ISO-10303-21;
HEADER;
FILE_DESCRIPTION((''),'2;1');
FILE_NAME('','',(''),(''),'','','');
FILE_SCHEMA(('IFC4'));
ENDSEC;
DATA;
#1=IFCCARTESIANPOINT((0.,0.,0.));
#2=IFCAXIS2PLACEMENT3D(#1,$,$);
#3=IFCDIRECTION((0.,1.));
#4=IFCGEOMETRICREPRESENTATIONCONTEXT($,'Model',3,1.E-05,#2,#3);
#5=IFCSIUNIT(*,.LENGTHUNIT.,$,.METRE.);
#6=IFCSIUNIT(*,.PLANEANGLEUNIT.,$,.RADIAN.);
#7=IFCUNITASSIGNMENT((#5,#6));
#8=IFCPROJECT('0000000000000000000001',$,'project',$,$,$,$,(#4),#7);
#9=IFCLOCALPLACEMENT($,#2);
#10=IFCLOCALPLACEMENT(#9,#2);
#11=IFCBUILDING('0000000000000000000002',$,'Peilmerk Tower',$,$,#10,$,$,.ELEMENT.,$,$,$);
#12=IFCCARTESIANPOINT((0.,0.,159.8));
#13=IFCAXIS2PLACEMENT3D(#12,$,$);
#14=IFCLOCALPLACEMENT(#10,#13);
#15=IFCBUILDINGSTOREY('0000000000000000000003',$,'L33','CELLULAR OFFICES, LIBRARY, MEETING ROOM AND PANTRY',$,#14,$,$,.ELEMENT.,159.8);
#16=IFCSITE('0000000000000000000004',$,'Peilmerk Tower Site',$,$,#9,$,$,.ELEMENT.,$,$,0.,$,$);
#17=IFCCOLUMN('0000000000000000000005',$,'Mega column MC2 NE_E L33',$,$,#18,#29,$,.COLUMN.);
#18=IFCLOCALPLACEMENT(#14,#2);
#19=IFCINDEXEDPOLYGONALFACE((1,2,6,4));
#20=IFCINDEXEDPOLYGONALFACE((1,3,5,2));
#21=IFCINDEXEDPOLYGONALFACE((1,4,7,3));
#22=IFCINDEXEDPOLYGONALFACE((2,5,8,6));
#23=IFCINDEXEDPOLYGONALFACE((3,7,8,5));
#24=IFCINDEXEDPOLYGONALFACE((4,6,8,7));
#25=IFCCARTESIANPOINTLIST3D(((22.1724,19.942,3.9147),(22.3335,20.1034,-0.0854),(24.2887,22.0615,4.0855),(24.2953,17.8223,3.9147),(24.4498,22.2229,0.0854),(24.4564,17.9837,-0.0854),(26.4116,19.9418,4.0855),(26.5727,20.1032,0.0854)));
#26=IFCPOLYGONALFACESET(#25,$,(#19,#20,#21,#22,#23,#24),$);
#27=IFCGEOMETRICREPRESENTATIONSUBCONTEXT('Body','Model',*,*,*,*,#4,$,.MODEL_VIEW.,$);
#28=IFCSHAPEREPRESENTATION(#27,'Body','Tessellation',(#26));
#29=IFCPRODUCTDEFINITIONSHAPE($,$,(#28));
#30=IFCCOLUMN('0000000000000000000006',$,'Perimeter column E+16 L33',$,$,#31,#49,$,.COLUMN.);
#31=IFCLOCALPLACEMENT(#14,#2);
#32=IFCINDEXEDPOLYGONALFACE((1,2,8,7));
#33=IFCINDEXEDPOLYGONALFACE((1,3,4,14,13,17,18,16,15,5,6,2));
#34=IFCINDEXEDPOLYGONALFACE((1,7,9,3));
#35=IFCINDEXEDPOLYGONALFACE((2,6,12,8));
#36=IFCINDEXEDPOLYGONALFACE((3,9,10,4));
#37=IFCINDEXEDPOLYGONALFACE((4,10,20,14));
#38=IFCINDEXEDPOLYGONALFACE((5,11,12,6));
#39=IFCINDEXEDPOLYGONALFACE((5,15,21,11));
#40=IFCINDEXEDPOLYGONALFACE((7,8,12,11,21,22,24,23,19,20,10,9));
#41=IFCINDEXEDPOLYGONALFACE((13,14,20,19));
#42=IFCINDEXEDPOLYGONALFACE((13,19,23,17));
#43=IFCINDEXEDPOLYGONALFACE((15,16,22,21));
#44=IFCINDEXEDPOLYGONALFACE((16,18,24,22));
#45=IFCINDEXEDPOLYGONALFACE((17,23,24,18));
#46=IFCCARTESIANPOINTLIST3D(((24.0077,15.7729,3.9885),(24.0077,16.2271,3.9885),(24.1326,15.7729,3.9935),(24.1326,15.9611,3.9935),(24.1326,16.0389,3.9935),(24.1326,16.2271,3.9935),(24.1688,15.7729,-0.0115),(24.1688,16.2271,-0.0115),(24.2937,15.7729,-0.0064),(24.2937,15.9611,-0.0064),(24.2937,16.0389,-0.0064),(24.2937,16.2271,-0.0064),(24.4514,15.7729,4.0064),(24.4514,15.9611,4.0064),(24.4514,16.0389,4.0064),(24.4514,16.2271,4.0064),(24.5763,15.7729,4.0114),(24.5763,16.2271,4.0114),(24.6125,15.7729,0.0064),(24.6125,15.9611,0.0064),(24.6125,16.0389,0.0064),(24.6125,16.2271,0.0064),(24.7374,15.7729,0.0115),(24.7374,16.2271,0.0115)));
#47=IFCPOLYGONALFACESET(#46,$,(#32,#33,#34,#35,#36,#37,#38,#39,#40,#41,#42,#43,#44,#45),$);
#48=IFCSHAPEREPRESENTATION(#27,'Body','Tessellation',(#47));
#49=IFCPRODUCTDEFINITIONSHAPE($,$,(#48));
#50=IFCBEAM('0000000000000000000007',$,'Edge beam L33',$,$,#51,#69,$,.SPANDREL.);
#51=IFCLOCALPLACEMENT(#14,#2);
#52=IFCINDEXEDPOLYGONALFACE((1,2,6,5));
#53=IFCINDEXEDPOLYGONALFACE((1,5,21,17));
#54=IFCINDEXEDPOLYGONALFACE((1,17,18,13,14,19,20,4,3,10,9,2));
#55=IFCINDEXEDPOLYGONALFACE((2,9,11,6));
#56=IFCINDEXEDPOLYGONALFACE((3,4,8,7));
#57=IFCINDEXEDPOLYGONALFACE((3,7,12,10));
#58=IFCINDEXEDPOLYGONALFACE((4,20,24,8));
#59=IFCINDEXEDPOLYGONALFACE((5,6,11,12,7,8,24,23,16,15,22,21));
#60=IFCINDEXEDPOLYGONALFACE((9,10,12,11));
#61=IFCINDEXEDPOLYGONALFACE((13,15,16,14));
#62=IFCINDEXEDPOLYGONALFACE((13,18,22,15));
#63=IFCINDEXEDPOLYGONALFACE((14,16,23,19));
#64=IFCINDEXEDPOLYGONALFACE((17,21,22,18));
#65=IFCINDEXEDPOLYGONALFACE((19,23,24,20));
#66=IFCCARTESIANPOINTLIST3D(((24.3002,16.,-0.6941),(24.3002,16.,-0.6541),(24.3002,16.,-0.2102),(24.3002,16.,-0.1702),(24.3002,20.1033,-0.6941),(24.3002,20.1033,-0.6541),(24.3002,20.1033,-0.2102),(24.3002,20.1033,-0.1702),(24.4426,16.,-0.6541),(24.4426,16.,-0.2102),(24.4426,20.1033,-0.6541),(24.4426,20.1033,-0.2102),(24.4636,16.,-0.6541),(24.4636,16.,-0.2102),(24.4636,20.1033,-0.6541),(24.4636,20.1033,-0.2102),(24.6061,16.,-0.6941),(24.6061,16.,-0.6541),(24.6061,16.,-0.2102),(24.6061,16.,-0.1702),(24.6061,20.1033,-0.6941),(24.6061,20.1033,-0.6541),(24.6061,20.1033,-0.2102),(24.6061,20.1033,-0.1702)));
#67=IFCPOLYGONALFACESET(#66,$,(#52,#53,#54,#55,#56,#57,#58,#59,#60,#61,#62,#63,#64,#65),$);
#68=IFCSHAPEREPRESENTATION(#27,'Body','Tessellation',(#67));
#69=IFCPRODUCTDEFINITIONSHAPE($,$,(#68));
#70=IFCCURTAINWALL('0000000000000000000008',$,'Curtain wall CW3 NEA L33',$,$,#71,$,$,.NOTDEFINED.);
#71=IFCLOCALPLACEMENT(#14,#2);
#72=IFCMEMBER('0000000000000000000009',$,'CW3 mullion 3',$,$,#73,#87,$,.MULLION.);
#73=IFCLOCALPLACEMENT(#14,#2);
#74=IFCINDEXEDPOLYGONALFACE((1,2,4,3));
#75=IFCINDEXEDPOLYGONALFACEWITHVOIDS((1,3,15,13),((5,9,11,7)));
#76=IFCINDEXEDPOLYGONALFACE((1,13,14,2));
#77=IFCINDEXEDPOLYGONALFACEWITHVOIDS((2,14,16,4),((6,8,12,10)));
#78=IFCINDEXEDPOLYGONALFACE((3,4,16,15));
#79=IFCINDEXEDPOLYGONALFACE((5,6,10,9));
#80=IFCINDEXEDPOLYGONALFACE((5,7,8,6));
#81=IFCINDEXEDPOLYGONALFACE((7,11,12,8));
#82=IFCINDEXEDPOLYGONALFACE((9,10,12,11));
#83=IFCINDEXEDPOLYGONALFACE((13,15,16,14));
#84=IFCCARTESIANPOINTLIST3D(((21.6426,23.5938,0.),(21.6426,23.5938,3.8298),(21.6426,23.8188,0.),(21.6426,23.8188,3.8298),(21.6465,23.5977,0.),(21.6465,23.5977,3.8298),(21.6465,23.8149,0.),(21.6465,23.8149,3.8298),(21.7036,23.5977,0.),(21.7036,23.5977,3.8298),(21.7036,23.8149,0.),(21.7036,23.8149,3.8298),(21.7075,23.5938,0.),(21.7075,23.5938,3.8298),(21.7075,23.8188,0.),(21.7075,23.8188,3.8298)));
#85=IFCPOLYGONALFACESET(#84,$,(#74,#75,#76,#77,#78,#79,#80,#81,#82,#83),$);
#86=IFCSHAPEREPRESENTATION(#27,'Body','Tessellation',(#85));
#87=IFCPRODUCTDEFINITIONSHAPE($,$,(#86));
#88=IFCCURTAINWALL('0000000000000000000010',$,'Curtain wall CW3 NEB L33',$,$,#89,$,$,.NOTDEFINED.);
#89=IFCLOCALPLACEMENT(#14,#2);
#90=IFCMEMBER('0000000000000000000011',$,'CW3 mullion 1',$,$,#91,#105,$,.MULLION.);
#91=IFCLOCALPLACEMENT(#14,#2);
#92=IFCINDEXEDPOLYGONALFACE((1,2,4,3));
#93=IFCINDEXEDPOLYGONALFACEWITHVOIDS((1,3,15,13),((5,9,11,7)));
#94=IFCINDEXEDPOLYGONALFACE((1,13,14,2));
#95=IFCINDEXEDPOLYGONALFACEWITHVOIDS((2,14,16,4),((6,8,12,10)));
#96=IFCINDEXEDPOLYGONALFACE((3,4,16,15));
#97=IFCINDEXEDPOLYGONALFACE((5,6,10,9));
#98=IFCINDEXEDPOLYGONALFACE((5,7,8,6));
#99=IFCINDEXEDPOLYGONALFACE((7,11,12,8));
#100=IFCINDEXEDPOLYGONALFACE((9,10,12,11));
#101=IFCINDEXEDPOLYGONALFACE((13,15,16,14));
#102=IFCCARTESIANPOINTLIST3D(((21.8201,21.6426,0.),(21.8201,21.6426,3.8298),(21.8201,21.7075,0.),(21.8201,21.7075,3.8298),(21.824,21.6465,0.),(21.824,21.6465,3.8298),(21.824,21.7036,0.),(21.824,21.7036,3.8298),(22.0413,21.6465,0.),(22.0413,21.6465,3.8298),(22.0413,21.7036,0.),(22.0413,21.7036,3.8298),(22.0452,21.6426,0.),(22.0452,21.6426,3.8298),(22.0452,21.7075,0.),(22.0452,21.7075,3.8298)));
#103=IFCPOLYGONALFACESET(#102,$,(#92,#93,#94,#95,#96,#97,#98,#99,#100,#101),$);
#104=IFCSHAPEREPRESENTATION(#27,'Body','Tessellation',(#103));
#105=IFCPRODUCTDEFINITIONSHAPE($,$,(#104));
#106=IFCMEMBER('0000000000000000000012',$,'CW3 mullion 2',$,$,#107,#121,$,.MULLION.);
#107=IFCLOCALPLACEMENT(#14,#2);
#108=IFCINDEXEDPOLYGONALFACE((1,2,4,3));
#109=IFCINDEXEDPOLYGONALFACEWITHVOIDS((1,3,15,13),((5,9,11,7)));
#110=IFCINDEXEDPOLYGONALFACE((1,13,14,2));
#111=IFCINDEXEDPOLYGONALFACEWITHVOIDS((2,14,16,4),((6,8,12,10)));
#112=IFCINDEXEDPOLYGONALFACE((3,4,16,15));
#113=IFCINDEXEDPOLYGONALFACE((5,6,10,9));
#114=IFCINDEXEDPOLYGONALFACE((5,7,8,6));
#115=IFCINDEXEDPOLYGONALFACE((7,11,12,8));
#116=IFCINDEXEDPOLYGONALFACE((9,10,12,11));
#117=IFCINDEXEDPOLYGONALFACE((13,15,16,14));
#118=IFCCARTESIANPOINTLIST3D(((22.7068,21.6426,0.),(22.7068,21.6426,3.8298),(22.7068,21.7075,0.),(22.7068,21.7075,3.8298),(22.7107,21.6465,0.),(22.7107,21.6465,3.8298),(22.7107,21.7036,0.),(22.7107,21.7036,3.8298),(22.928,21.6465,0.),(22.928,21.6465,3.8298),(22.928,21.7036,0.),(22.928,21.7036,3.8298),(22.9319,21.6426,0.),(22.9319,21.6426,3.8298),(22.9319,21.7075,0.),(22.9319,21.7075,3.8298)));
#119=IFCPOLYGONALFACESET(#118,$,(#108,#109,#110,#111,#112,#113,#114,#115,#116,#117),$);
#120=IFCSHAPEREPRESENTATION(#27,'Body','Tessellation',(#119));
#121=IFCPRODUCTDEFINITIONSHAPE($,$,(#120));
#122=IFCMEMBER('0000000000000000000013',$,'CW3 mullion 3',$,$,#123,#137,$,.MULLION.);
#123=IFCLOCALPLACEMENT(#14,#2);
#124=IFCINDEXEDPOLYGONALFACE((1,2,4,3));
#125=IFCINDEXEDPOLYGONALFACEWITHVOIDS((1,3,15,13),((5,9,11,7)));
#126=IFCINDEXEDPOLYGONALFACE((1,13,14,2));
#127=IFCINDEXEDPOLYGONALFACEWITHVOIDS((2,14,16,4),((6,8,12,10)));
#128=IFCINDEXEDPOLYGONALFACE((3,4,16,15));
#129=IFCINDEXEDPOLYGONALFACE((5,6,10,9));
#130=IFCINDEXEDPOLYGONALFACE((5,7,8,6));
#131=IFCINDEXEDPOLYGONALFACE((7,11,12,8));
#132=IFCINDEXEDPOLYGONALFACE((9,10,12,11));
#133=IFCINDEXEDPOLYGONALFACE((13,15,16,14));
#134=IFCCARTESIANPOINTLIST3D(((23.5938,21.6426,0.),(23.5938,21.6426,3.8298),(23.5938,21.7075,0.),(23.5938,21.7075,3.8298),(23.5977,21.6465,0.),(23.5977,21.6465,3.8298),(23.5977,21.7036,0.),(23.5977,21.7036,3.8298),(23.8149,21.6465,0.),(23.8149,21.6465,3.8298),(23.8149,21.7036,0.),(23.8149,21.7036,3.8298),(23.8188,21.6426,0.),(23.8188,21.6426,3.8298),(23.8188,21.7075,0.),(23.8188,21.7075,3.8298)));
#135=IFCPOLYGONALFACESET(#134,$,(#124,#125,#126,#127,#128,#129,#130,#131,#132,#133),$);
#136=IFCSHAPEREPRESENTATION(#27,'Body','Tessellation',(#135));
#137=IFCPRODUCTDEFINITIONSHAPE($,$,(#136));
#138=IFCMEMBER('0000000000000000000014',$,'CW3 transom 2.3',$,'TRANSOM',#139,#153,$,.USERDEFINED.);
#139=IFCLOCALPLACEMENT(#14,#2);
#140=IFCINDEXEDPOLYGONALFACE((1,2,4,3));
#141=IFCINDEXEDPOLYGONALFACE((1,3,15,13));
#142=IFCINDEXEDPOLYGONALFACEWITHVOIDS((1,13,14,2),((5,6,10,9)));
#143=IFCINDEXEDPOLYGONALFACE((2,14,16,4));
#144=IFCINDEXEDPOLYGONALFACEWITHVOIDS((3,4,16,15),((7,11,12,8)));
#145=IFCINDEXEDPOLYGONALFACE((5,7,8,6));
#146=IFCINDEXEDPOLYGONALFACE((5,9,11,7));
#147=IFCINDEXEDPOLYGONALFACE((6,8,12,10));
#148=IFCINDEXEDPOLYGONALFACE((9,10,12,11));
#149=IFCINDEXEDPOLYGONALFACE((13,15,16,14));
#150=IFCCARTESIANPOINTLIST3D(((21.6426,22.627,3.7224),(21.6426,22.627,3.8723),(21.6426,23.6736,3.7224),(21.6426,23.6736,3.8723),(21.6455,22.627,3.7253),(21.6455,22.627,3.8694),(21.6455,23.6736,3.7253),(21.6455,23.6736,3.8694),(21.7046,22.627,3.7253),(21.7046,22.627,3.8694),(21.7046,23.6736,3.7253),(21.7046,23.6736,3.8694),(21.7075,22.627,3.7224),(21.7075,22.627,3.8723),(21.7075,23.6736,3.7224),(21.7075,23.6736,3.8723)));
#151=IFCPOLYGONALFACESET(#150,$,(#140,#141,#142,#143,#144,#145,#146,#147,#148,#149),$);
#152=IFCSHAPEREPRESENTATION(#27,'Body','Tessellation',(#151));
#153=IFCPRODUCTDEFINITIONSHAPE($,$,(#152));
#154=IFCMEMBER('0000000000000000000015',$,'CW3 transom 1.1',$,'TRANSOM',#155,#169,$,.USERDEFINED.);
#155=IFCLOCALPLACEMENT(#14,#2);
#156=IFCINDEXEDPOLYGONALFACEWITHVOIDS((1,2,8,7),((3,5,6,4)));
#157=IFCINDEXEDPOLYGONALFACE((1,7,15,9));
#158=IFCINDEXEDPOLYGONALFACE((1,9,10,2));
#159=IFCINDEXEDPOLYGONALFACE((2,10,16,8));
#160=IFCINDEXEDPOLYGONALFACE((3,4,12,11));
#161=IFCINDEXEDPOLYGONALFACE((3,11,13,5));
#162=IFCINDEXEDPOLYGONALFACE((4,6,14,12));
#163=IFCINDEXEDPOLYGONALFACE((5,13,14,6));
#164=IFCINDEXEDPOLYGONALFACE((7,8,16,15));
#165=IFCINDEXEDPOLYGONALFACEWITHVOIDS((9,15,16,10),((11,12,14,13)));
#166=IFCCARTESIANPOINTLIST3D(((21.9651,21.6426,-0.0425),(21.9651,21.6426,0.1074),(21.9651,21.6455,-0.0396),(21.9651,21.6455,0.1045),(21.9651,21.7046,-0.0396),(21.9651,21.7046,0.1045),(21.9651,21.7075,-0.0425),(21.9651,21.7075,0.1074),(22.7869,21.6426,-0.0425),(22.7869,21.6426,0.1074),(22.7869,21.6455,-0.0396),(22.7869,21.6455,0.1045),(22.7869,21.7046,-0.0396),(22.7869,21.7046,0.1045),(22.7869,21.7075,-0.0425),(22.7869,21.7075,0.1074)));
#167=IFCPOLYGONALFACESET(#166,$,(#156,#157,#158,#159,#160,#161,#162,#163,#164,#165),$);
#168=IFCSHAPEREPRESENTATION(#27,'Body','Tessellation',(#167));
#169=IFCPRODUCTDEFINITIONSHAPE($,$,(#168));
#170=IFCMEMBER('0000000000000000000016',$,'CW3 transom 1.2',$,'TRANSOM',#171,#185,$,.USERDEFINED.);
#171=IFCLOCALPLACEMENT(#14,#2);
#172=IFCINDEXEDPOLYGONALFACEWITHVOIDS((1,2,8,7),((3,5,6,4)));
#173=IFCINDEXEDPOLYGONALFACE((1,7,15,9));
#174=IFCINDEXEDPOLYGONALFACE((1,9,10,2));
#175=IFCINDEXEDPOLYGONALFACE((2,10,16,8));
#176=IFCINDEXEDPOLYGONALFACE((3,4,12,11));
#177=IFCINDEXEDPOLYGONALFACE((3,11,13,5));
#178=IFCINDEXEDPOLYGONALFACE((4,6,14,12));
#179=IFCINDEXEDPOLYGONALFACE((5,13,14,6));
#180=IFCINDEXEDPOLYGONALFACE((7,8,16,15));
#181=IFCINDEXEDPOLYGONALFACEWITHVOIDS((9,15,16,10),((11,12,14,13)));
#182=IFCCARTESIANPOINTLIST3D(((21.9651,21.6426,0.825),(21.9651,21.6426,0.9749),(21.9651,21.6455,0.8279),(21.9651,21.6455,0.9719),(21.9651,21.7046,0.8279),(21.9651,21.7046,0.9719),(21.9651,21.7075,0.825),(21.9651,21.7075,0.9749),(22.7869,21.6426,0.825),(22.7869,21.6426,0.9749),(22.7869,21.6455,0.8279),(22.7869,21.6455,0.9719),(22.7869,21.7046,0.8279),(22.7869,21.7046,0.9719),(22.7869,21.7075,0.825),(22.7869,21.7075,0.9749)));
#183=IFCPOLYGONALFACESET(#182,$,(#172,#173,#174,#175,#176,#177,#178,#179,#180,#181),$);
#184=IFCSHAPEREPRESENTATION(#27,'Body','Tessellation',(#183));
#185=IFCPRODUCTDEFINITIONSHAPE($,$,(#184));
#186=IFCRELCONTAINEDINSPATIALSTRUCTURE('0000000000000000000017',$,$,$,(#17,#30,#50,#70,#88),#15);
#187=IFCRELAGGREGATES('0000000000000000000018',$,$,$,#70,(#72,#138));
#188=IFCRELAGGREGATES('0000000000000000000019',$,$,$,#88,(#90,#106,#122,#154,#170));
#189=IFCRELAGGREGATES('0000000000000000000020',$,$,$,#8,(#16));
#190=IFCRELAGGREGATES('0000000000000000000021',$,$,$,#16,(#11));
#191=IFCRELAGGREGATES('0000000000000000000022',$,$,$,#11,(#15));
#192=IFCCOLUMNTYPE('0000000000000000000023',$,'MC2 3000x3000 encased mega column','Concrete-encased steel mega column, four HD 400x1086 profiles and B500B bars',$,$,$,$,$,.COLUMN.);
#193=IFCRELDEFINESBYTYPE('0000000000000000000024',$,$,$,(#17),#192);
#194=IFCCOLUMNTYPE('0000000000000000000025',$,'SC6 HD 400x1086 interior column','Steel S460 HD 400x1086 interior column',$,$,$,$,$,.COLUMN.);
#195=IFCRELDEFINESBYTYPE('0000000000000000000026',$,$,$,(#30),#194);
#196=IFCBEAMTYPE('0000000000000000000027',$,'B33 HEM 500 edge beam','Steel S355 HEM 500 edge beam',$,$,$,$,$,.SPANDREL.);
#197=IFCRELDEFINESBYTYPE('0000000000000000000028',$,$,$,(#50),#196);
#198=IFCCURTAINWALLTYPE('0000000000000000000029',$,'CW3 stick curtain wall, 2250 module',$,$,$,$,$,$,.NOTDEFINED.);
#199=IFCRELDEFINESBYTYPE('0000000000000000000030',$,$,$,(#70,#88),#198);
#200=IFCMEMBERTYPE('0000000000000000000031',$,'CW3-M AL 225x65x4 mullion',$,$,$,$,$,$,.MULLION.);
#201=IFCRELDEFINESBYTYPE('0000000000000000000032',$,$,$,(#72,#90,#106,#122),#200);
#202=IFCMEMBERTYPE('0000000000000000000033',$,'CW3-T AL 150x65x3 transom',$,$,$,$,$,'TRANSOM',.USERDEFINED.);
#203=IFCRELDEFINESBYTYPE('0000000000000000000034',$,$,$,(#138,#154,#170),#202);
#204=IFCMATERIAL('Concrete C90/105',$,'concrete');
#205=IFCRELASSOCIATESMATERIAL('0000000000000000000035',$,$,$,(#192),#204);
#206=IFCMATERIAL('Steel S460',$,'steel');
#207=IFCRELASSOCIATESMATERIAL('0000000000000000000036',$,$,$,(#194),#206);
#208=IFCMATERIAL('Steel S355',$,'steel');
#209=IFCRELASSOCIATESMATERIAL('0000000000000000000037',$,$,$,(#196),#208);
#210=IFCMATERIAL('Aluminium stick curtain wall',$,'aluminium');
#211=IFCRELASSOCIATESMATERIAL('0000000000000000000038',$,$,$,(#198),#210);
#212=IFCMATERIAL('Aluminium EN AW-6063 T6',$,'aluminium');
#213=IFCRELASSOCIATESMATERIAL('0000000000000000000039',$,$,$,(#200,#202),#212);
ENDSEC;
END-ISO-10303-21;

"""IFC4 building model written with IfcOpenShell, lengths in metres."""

from ifc_helpers import new_model, si_unit, direction, frame, origin, origin_2d, place, context, subcontext, project, spatial, rectangle, hollow_rectangle, i_section, extrude, material, material_profile, profile_set, type_object, element, aggregate, save


model = new_model("IFC4")

# Units and contexts
model_context = context("Model", 3, precision=1e-05, world=origin(), true_north=direction((0.0, 1.0)))
body_context = subcontext(model_context, "Body", "Model", "MODEL_VIEW")
ifc_project = project(units=[si_unit("LENGTHUNIT", "METRE"), si_unit("PLANEANGLEUNIT", "RADIAN")], contexts=[model_context])

# Site, building, storey
site_placement = place(None, origin())
site = spatial("IfcSite", under=ifc_project, at=site_placement, Name="Peilmerk Tower Site", CompositionType="ELEMENT", RefElevation=0.0)
building_placement = place(site_placement, origin())
building = spatial("IfcBuilding", under=site, at=building_placement, Name="Peilmerk Tower", CompositionType="ELEMENT")
storey_placement = place(building_placement, frame((0.0, 0.0, 159.8)))
storey = spatial("IfcBuildingStorey", under=building, at=storey_placement, Name="L33", Description="CELLULAR OFFICES, LIBRARY, MEETING ROOM AND PANTRY", CompositionType="ELEMENT", Elevation=159.8)

# Columns
ifc_material_1 = material(Name="Concrete C90/105", Category="concrete")
ifc_material_profile_1 = material_profile(ifc_material_1, rectangle(XDim=3.0, YDim=3.0, at=origin_2d()), Name="RC 3000x3000")
ifc_profile_set_1 = profile_set([ifc_material_profile_1], Name="Concrete C90/105")
column_type_1 = type_object("IfcColumnType", Name="MC2 3000x3000 encased mega column", Description="Concrete-encased steel mega column, four HD 400x1086 profiles and B500B bars", PredefinedType="COLUMN", material=ifc_profile_set_1)
column_1_placement = place(storey_placement, frame((24.4531, 20.1033, 0.0), z_axis=(-0.040218, -0.040279, 0.998379), x_axis=(0.707642, -0.706571, 0.0)))
element("IfcColumn", 1, at=column_1_placement, inside=storey, type_object=column_type_1, Name="Mega column MC2 NE_E L33", PredefinedType="COLUMN", context=body_context, shape_type="SweptSolid", body=[
    extrude(rectangle(XDim=3.0, YDim=3.0, at=origin_2d()), origin(), (0.0, 0.0, 1.0), 4.0066),
])
ifc_material_2 = material(Name="Steel S460", Category="steel")
ifc_material_profile_2 = material_profile(ifc_material_2, i_section(OverallWidth=0.4541, OverallDepth=0.5691, WebThickness=0.0779, FlangeThickness=0.125, at=origin_2d()), Name="HD 400x1086")
ifc_profile_set_2 = profile_set([ifc_material_profile_2], Name="Steel S460")
column_type_2 = type_object("IfcColumnType", Name="SC6 HD 400x1086 interior column", Description="Steel S460 HD 400x1086 interior column", PredefinedType="COLUMN", material=ifc_profile_set_2)
column_2_placement = place(storey_placement, frame((24.4531, 16.0, 0.0), z_axis=(-0.040251, 0.0, 0.99919), x_axis=(0.0, -1.0, 0.0)))
element("IfcColumn", 2, at=column_2_placement, inside=storey, type_object=column_type_2, Name="Perimeter column E+16 L33", PredefinedType="COLUMN", context=body_context, shape_type="SweptSolid", body=[
    extrude(i_section(OverallWidth=0.4541, OverallDepth=0.5691, WebThickness=0.0779, FlangeThickness=0.125, at=origin_2d()), origin(), (0.0, 0.0, 1.0), 4.0032),
])

# Beam
ifc_material_3 = material(Name="Steel S355", Category="steel")
ifc_material_profile_3 = material_profile(ifc_material_3, i_section(OverallWidth=0.3059, OverallDepth=0.5239, WebThickness=0.021, FlangeThickness=0.04, at=origin_2d()), Name="HEM 500")
ifc_profile_set_3 = profile_set([ifc_material_profile_3], Name="Steel S355")
beam_type = type_object("IfcBeamType", Name="B33 HEM 500 edge beam", Description="Steel S355 HEM 500 edge beam", PredefinedType="SPANDREL", material=ifc_profile_set_3)
beam_placement = place(storey_placement, frame((24.4531, 16.0, -0.4321), z_axis=(0.0, 1.0, 0.0), x_axis=(-1.0, 0.0, 0.0)))
element("IfcBeam", 3, at=beam_placement, inside=storey, type_object=beam_type, Name="Edge beam L33", PredefinedType="SPANDREL", context=body_context, shape_type="SweptSolid", body=[
    extrude(i_section(OverallWidth=0.3059, OverallDepth=0.5239, WebThickness=0.021, FlangeThickness=0.04, at=origin_2d()), origin(), (0.0, 0.0, 1.0), 4.1033),
])

# Curtain wall, member
ifc_material_4 = material(Name="Aluminium stick curtain wall", Category="aluminium")
curtain_wall_type = type_object("IfcCurtainWallType", Name="CW3 stick curtain wall, 2250 module", PredefinedType="NOTDEFINED", material=ifc_material_4)
curtain_wall_1_placement = place(storey_placement, origin())
curtain_wall_1 = element("IfcCurtainWall", 4, at=curtain_wall_1_placement, inside=storey, type_object=curtain_wall_type, Name="Curtain wall CW3 NEA L33", PredefinedType="NOTDEFINED")
ifc_material_5 = material(Name="Aluminium EN AW-6063 T6", Category="aluminium")
ifc_material_profile_4 = material_profile(ifc_material_5, hollow_rectangle(XDim=0.0649, YDim=0.2251, WallThickness=0.0039, at=origin_2d()), Name="AL 225x65x4")
ifc_profile_set_4 = profile_set([ifc_material_profile_4], Name="Aluminium EN AW-6063 T6")
member_type_1 = type_object("IfcMemberType", Name="CW3-M AL 225x65x4 mullion", PredefinedType="MULLION", material=ifc_profile_set_4)
member_1_placement = place(storey_placement, frame((21.675, 23.7063, 0.0), z_axis=(0.0, 0.0, 1.0), x_axis=(-1.0, 0.0, 0.0)))
member_1 = element("IfcMember", 5, at=member_1_placement, type_object=member_type_1, Name="CW3 mullion 3", PredefinedType="MULLION", context=body_context, shape_type="SweptSolid", body=[
    extrude(hollow_rectangle(XDim=0.0649, YDim=0.2251, WallThickness=0.0039, at=origin_2d()), origin(), (0.0, 0.0, 1.0), 3.8298),
])

# Curtain wall, members
curtain_wall_2_placement = place(storey_placement, origin())
curtain_wall_2 = element("IfcCurtainWall", 6, at=curtain_wall_2_placement, inside=storey, type_object=curtain_wall_type, Name="Curtain wall CW3 NEB L33", PredefinedType="NOTDEFINED")
member_2_placement = place(storey_placement, frame((21.9326, 21.675, 0.0), z_axis=(0.0, 0.0, 1.0), x_axis=(0.0, 1.0, 0.0)))
member_2 = element("IfcMember", 7, at=member_2_placement, type_object=member_type_1, Name="CW3 mullion 1", PredefinedType="MULLION", context=body_context, shape_type="SweptSolid", body=[
    extrude(hollow_rectangle(XDim=0.0649, YDim=0.2251, WallThickness=0.0039, at=origin_2d()), origin(), (0.0, 0.0, 1.0), 3.8298),
])
member_3_placement = place(storey_placement, frame((22.8193, 21.675, 0.0), z_axis=(0.0, 0.0, 1.0), x_axis=(0.0, 1.0, 0.0)))
member_3 = element("IfcMember", 8, at=member_3_placement, type_object=member_type_1, Name="CW3 mullion 2", PredefinedType="MULLION", context=body_context, shape_type="SweptSolid", body=[
    extrude(hollow_rectangle(XDim=0.0649, YDim=0.2251, WallThickness=0.0039, at=origin_2d()), origin(), (0.0, 0.0, 1.0), 3.8298),
])
member_4_placement = place(storey_placement, frame((23.7063, 21.675, 0.0), z_axis=(0.0, 0.0, 1.0), x_axis=(0.0, 1.0, 0.0)))
member_4 = element("IfcMember", 9, at=member_4_placement, type_object=member_type_1, Name="CW3 mullion 3", PredefinedType="MULLION", context=body_context, shape_type="SweptSolid", body=[
    extrude(hollow_rectangle(XDim=0.0649, YDim=0.2251, WallThickness=0.0039, at=origin_2d()), origin(), (0.0, 0.0, 1.0), 3.8298),
])

# Members
ifc_material_profile_5 = material_profile(ifc_material_5, hollow_rectangle(XDim=0.0649, YDim=0.1499, WallThickness=0.0029, at=origin_2d()), Name="AL 150x65x3")
ifc_profile_set_5 = profile_set([ifc_material_profile_5], Name="Aluminium EN AW-6063 T6")
member_type_2 = type_object("IfcMemberType", Name="CW3-T AL 150x65x3 transom", ElementType="TRANSOM", PredefinedType="USERDEFINED", material=ifc_profile_set_5)
member_5_placement = place(storey_placement, frame((21.675, 22.627, 3.7974), z_axis=(0.0, 1.0, 0.0), x_axis=(-1.0, 0.0, 0.0)))
member_5 = element("IfcMember", 10, at=member_5_placement, type_object=member_type_2, Name="CW3 transom 2.3", ObjectType="TRANSOM", PredefinedType="USERDEFINED", context=body_context, shape_type="SweptSolid", body=[
    extrude(hollow_rectangle(XDim=0.0649, YDim=0.1499, WallThickness=0.0029, at=origin_2d()), origin(), (0.0, 0.0, 1.0), 1.0466),
])
member_6_placement = place(storey_placement, frame((21.9651, 21.675, 0.0325), z_axis=(1.0, 0.0, 0.0), x_axis=(0.0, 1.0, 0.0)))
member_6 = element("IfcMember", 11, at=member_6_placement, type_object=member_type_2, Name="CW3 transom 1.1", ObjectType="TRANSOM", PredefinedType="USERDEFINED", context=body_context, shape_type="SweptSolid", body=[
    extrude(hollow_rectangle(XDim=0.0649, YDim=0.1499, WallThickness=0.0029, at=origin_2d()), origin(), (0.0, 0.0, 1.0), 0.8218),
])
member_7_placement = place(storey_placement, frame((21.9651, 21.675, 0.8999), z_axis=(1.0, 0.0, 0.0), x_axis=(0.0, 1.0, 0.0)))
member_7 = element("IfcMember", 12, at=member_7_placement, type_object=member_type_2, Name="CW3 transom 1.2", ObjectType="TRANSOM", PredefinedType="USERDEFINED", context=body_context, shape_type="SweptSolid", body=[
    extrude(hollow_rectangle(XDim=0.0649, YDim=0.1499, WallThickness=0.0029, at=origin_2d()), origin(), (0.0, 0.0, 1.0), 0.8218),
])

aggregate(curtain_wall_1, [member_1, member_5])
aggregate(curtain_wall_2, [member_2, member_3, member_4, member_6, member_7])

save(model, "model.ifc")
